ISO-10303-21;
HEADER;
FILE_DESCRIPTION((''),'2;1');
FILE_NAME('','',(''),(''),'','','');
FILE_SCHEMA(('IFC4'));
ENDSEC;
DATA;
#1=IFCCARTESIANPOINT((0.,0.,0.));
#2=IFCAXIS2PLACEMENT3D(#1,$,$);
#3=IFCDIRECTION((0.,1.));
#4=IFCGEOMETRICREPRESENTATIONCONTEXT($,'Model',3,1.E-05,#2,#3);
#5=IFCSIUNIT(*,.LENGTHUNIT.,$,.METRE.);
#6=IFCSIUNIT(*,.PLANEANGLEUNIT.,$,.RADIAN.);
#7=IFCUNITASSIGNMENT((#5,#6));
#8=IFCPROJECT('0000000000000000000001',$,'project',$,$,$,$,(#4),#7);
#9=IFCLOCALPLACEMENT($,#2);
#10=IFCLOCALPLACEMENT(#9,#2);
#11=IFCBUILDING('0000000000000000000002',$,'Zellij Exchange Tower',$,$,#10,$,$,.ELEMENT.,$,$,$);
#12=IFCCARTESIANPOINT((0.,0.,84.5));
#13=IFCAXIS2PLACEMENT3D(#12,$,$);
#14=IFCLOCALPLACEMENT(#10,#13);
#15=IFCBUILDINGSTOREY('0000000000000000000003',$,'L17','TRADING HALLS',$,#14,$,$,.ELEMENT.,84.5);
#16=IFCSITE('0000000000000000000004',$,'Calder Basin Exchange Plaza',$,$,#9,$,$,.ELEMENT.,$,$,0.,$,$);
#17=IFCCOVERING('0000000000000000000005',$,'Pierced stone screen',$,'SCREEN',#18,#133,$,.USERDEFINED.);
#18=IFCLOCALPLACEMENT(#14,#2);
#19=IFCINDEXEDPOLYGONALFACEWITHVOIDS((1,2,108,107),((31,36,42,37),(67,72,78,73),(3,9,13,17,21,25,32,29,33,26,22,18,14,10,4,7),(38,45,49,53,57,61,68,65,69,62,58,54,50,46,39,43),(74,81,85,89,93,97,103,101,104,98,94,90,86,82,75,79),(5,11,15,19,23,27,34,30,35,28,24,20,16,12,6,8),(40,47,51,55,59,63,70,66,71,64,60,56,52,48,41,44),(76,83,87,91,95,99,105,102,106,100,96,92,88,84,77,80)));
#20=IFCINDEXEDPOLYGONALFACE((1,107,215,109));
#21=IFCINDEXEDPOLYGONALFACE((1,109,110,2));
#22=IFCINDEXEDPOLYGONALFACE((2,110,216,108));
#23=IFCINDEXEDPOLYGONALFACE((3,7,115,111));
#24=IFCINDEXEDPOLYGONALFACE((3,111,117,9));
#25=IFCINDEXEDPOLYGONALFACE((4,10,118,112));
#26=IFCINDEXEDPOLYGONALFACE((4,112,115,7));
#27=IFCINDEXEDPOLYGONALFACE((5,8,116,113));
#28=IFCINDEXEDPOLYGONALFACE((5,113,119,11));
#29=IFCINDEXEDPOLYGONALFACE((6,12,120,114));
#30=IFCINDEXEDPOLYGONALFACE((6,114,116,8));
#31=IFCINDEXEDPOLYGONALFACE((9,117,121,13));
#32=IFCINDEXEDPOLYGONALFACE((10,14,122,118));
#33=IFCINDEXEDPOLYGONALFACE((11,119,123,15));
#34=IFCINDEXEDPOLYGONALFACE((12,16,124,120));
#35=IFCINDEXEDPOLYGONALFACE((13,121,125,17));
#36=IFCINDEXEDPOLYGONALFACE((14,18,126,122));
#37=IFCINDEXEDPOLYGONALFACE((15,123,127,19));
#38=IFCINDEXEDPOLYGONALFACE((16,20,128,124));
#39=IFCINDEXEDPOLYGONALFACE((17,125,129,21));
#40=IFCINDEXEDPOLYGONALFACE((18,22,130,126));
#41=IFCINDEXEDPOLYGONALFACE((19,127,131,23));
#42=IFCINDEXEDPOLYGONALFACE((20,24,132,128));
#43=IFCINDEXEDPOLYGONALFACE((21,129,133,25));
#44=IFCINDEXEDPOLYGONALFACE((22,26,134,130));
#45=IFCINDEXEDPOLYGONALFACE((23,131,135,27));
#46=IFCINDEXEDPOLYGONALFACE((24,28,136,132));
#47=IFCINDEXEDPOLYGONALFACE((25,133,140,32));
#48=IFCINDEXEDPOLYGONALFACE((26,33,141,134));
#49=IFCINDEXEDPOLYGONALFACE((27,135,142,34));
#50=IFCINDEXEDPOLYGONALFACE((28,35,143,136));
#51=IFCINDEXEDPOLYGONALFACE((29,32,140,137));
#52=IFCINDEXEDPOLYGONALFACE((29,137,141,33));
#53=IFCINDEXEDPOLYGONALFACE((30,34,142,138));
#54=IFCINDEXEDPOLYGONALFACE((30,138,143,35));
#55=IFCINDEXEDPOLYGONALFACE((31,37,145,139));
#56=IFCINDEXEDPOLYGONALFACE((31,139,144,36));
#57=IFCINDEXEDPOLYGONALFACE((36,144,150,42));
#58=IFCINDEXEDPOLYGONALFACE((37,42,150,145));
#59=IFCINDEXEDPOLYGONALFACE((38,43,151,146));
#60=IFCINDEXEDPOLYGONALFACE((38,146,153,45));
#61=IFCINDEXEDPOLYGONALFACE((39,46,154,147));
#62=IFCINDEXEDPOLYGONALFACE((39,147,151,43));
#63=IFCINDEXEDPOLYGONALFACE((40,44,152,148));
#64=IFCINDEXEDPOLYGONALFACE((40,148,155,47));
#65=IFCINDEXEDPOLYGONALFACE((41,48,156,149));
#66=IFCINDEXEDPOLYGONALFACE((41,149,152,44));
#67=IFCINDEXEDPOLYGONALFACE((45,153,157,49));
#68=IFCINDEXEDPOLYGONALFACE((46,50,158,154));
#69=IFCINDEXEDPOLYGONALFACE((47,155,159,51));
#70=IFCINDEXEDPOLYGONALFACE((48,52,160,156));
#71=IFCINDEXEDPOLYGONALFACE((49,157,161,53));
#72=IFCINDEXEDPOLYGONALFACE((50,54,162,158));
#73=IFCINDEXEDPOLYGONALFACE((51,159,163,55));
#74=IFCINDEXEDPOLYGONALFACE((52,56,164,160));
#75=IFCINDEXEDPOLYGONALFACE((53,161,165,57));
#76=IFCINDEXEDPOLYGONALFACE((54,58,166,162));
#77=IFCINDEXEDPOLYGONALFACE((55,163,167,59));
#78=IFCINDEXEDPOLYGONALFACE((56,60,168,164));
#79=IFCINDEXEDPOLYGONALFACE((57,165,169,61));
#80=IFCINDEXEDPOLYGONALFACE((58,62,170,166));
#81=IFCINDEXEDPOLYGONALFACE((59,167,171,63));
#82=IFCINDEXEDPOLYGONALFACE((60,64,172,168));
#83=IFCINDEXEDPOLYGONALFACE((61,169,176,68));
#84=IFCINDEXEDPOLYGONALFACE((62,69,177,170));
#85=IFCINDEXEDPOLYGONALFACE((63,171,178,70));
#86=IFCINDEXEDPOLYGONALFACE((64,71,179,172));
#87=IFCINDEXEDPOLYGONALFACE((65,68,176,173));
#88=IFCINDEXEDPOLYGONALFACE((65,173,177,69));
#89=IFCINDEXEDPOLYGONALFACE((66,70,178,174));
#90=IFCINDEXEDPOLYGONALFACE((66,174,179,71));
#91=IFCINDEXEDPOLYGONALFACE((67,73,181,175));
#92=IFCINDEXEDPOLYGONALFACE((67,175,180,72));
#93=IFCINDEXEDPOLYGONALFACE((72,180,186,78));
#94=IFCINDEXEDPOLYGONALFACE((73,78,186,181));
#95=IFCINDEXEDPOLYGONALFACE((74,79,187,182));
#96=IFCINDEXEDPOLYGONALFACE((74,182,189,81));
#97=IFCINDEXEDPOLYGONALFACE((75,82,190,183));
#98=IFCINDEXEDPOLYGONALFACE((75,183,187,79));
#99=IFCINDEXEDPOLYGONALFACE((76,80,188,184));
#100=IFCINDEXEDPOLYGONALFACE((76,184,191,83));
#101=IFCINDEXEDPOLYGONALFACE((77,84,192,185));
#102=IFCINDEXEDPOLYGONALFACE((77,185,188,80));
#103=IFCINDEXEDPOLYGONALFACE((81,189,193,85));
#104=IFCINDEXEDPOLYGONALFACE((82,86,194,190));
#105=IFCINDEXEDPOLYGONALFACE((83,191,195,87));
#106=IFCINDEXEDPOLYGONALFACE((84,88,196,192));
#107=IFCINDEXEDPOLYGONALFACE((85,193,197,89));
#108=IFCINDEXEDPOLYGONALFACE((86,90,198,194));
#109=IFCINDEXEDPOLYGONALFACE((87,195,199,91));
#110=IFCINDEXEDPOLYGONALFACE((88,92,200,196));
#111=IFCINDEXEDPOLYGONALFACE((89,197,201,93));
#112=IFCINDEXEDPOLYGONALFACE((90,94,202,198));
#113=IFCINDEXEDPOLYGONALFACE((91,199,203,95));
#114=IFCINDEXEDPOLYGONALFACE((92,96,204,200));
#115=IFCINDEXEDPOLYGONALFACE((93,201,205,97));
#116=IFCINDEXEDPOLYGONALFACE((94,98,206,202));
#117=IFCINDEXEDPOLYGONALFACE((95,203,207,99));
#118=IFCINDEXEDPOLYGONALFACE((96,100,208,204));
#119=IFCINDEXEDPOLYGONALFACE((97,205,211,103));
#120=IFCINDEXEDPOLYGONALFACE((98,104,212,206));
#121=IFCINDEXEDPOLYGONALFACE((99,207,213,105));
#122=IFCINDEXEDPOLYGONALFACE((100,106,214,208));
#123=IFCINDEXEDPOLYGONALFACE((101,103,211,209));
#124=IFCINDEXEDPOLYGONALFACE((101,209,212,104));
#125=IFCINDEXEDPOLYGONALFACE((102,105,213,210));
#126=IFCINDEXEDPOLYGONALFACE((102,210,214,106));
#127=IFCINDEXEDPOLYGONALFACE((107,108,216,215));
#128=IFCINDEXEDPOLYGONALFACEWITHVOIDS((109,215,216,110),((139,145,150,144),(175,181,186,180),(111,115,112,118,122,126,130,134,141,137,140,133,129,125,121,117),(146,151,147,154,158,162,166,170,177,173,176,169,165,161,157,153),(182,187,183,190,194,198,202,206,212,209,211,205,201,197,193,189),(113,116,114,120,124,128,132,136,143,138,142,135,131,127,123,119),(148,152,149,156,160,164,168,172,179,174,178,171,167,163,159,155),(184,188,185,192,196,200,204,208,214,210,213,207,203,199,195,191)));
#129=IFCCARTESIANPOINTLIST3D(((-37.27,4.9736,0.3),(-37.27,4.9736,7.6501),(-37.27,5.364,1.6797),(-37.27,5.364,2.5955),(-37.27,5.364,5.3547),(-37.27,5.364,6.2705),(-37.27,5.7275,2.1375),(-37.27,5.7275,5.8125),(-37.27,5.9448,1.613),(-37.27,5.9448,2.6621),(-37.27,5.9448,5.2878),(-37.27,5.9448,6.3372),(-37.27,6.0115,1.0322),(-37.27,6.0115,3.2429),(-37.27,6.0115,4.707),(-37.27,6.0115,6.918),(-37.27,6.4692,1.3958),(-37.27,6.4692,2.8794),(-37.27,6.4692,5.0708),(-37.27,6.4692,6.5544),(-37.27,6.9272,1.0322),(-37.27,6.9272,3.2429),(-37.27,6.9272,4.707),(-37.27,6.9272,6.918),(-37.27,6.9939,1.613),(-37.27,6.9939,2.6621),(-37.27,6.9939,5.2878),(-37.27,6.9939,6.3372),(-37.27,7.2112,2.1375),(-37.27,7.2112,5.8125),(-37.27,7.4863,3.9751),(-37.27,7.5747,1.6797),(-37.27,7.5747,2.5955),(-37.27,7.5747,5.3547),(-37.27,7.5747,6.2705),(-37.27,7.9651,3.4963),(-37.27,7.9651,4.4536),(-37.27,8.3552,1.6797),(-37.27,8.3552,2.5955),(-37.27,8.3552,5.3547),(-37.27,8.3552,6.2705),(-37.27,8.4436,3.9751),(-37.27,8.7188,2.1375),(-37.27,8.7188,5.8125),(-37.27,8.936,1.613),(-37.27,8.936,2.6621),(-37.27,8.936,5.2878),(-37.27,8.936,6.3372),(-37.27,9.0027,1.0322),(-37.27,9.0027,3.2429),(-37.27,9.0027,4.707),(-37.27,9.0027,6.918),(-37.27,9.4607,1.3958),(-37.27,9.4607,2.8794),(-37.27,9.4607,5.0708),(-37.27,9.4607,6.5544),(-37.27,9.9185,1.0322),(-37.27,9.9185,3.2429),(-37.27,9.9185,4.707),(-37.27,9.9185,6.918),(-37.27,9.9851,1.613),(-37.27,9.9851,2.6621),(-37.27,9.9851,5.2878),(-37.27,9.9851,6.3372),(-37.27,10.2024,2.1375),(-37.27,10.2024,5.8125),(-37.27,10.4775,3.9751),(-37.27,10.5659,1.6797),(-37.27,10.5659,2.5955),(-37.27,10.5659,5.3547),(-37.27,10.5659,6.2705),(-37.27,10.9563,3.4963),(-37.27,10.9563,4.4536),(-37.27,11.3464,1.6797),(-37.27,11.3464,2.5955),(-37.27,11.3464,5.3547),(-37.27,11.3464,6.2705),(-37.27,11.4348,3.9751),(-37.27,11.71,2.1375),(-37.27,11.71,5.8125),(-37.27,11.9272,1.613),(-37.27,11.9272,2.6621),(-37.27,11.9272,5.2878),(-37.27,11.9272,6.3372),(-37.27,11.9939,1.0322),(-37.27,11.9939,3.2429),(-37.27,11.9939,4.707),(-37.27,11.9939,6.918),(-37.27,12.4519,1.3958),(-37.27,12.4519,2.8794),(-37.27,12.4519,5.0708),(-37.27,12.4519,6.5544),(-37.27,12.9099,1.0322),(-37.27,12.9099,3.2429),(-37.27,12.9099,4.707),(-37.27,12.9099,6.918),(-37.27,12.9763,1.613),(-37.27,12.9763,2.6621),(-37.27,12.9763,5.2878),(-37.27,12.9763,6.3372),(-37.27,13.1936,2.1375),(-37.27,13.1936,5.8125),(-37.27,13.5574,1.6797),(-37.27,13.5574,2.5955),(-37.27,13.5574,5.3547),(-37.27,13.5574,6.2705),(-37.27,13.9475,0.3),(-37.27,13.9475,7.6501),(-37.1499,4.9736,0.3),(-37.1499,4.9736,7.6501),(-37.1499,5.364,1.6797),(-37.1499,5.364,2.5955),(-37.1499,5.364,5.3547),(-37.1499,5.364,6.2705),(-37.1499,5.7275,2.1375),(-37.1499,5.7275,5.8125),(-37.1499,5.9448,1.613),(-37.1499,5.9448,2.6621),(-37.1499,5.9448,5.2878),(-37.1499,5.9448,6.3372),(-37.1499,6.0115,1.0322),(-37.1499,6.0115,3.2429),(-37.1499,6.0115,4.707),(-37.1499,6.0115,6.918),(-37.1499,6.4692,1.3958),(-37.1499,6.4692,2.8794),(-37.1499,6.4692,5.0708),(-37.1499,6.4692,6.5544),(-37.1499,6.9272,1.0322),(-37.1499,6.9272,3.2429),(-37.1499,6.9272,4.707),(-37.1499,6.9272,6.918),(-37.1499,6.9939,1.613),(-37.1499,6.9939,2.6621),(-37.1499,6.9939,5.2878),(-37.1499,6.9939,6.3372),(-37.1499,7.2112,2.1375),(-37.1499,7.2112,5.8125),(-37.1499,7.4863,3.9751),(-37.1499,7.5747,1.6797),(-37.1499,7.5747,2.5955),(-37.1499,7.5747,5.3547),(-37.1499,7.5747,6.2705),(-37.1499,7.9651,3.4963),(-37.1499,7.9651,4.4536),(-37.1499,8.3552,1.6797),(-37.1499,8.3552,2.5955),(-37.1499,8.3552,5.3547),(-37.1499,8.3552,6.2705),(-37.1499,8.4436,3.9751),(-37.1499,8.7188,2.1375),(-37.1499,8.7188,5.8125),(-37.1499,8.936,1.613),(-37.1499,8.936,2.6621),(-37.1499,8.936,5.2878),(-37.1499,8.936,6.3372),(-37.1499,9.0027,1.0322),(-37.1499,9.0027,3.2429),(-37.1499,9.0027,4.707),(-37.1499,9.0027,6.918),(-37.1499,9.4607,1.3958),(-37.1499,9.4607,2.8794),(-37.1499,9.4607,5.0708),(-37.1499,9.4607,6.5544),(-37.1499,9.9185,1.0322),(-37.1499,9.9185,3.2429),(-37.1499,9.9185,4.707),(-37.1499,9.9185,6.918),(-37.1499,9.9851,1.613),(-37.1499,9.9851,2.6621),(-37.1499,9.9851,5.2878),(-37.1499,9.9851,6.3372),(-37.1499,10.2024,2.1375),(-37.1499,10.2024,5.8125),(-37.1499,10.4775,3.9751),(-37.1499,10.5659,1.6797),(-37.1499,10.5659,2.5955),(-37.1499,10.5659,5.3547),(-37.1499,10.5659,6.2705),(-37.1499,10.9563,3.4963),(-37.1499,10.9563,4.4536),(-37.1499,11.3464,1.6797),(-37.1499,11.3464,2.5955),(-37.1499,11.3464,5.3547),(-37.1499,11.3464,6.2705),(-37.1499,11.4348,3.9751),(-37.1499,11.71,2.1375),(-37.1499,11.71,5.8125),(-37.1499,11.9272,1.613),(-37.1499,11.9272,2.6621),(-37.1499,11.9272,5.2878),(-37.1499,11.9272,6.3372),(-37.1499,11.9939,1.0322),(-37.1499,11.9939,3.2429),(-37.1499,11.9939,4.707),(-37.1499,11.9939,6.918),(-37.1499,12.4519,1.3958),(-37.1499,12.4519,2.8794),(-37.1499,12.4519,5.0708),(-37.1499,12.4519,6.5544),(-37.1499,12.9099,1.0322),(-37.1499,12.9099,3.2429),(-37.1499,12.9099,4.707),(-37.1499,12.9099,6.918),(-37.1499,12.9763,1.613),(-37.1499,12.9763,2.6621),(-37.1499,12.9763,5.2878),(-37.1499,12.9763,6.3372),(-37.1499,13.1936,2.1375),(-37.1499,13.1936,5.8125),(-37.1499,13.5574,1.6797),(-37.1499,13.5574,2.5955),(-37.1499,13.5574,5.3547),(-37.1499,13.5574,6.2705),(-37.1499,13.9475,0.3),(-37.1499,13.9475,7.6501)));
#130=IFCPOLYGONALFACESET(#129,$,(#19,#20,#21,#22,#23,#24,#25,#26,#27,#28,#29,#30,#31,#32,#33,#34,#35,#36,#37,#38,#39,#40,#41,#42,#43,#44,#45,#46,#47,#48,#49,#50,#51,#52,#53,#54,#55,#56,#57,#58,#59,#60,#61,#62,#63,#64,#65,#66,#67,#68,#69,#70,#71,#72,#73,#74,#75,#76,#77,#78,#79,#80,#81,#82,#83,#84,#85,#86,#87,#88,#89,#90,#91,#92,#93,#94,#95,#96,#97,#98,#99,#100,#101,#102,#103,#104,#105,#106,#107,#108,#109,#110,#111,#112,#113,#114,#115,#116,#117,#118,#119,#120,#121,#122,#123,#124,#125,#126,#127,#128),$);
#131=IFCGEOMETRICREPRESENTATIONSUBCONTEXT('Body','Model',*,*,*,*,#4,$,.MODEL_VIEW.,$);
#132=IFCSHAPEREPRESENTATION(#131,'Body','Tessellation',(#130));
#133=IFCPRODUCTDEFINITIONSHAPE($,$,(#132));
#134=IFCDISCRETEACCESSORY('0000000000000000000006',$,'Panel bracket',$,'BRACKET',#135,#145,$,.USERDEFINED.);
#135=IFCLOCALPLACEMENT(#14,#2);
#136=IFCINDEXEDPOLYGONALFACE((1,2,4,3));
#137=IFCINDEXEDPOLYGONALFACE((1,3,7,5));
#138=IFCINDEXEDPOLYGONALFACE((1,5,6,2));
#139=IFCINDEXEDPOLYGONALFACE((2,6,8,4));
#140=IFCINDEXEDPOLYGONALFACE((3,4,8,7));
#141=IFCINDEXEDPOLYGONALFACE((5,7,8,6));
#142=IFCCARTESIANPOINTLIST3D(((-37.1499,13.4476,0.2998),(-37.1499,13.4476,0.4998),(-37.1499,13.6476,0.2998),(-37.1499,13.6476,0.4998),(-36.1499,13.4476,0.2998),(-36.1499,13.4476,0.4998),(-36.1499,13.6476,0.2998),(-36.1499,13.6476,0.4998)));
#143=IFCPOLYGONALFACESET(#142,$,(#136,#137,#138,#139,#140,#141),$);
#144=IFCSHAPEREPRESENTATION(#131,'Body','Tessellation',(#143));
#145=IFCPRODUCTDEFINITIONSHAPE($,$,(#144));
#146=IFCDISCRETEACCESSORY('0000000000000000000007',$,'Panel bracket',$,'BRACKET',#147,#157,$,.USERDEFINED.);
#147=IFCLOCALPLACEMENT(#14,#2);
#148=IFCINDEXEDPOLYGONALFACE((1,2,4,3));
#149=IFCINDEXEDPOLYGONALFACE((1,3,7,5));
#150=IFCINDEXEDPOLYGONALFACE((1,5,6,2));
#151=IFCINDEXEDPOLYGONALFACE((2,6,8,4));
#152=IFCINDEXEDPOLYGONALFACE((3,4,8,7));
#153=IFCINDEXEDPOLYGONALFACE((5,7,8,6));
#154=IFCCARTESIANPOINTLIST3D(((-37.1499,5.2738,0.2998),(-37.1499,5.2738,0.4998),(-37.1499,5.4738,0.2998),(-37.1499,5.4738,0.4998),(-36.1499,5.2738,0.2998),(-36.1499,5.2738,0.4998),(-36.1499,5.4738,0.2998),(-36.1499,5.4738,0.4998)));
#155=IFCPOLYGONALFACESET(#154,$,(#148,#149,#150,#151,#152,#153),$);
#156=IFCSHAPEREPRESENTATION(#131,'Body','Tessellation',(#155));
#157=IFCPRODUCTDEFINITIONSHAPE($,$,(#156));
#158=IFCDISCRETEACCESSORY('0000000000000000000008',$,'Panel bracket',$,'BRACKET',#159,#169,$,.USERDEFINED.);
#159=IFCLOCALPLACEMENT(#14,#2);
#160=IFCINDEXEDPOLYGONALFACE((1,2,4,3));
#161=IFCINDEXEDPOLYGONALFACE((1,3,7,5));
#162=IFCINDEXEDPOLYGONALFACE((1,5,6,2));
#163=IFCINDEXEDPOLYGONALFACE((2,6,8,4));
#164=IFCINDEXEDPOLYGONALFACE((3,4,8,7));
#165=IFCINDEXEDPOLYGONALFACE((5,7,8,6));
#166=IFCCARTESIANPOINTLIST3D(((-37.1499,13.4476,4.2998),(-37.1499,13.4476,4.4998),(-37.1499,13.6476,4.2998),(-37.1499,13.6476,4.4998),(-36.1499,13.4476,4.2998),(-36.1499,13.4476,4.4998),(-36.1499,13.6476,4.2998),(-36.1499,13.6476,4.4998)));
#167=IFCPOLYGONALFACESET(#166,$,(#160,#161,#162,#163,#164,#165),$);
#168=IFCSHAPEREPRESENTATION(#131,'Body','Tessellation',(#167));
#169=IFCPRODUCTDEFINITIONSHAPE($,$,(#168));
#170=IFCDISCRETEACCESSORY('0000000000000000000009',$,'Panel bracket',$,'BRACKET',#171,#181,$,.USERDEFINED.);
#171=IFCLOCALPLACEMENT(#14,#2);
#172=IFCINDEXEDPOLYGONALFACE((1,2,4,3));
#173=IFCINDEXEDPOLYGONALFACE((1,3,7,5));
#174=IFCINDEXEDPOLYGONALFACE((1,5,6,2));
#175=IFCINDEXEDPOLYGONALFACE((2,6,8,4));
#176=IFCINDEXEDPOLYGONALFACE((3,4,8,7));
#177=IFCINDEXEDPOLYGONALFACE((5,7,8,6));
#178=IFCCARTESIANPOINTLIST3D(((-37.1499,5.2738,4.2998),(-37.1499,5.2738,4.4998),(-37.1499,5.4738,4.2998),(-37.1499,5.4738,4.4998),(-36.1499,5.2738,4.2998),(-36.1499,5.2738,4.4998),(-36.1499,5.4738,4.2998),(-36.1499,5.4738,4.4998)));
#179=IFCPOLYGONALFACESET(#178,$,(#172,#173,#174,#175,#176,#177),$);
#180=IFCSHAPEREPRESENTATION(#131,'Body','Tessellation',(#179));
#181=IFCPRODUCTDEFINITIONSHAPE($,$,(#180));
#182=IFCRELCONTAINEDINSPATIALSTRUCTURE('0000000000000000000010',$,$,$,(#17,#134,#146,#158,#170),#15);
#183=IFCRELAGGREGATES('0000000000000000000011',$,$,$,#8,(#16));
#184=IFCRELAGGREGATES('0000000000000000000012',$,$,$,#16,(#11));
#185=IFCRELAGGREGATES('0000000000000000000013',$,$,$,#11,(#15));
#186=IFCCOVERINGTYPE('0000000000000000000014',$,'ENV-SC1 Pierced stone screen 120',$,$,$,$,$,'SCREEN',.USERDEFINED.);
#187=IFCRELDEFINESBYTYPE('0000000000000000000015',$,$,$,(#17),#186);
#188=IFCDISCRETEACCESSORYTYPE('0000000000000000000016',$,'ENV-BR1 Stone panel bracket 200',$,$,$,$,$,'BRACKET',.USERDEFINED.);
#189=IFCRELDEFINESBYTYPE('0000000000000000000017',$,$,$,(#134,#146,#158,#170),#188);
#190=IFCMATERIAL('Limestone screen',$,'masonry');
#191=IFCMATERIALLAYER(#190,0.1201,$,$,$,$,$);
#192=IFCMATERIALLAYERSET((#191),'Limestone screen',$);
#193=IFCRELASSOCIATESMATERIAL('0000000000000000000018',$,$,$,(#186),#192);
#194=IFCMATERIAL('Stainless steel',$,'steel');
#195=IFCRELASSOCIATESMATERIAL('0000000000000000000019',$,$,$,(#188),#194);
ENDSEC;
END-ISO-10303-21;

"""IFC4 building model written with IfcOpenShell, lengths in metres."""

from ifc_helpers import new_model, si_unit, direction, frame, origin, origin_2d, place, context, subcontext, project, spatial, polyline, rectangle, outline, extrude, material, layer, layer_set, type_object, element, save


model = new_model("IFC4")

# Units and contexts
model_context = context("Model", 3, precision=1e-05, world=origin(), true_north=direction((0.0, 1.0)))
body_context = subcontext(model_context, "Body", "Model", "MODEL_VIEW")
ifc_project = project(units=[si_unit("LENGTHUNIT", "METRE"), si_unit("PLANEANGLEUNIT", "RADIAN")], contexts=[model_context])

# Site, building, storey
site_placement = place(None, origin())
site = spatial("IfcSite", under=ifc_project, at=site_placement, Name="Calder Basin Exchange Plaza", CompositionType="ELEMENT", RefElevation=0.0)
building_placement = place(site_placement, origin())
building = spatial("IfcBuilding", under=site, at=building_placement, Name="Zellij Exchange Tower", CompositionType="ELEMENT")
storey_placement = place(building_placement, frame((0.0, 0.0, 84.5)))
storey = spatial("IfcBuildingStorey", under=building, at=storey_placement, Name="L17", Description="TRADING HALLS", CompositionType="ELEMENT", Elevation=84.5)

# Covering
ifc_material_1 = material(Name="Limestone screen", Category="masonry")
ifc_layer_1 = layer(ifc_material_1, 0.1201)
ifc_layer_set_1 = layer_set([ifc_layer_1], Name="Limestone screen")
covering_type = type_object("IfcCoveringType", Name="ENV-SC1 Pierced stone screen 120", ElementType="SCREEN", PredefinedType="USERDEFINED", material=ifc_layer_set_1)
covering_placement = place(storey_placement, frame((-37.21, 13.9475, 0.3), z_axis=(0.0, 0.0, 1.0), x_axis=(0.0, -1.0, 0.0)))
element("IfcCovering", 1, at=covering_placement, inside=storey, type_object=covering_type, Name="Pierced stone screen", ObjectType="SCREEN", PredefinedType="USERDEFINED", context=body_context, shape_type="SweptSolid", body=[
    extrude(outline(polyline([(0.0, 0.0), (8.9739, 0.0), (8.9739, 7.3501), (0.0, 7.3501), (0.0, 0.0)]), holes=[polyline([(2.6011, 2.2954), (2.0203, 2.3621), (1.9536, 2.9429), (1.4956, 2.5793), (1.0376, 2.9429), (0.9712, 2.3621), (0.3901, 2.2954), (0.7539, 1.8374), (0.3901, 1.3796), (0.9712, 1.313), (1.0376, 0.7322), (1.4956, 1.0957), (1.9536, 0.7322), (2.0203, 1.313), (2.6011, 1.3796), (2.2375, 1.8374), (2.6011, 2.2954)]), polyline([(2.6011, 5.9705), (2.0203, 6.0371), (1.9536, 6.6179), (1.4956, 6.2544), (1.0376, 6.6179), (0.9712, 6.0371), (0.3901, 5.9705), (0.7539, 5.5125), (0.3901, 5.0547), (0.9712, 4.9878), (1.0376, 4.407), (1.4956, 4.7708), (1.9536, 4.407), (2.0203, 4.9878), (2.6011, 5.0547), (2.2375, 5.5125), (2.6011, 5.9705)]), polyline([(5.5923, 2.2954), (5.0115, 2.3621), (4.9448, 2.9429), (4.4868, 2.5793), (4.0291, 2.9429), (3.9624, 2.3621), (3.3816, 2.2954), (3.7451, 1.8374), (3.3816, 1.3796), (3.9624, 1.313), (4.0291, 0.7322), (4.4868, 1.0957), (4.9448, 0.7322), (5.0115, 1.313), (5.5923, 1.3796), (5.2288, 1.8374), (5.5923, 2.2954)]), polyline([(5.5923, 5.9705), (5.0115, 6.0371), (4.9448, 6.6179), (4.4868, 6.2544), (4.0291, 6.6179), (3.9624, 6.0371), (3.3816, 5.9705), (3.7451, 5.5125), (3.3816, 5.0547), (3.9624, 4.9878), (4.0291, 4.407), (4.4868, 4.7708), (4.9448, 4.407), (5.0115, 4.9878), (5.5923, 5.0547), (5.2288, 5.5125), (5.5923, 5.9705)]), polyline([(8.5835, 2.2954), (8.0027, 2.3621), (7.936, 2.9429), (7.4783, 2.5793), (7.0203, 2.9429), (6.9536, 2.3621), (6.3728, 2.2954), (6.7363, 1.8374), (6.3728, 1.3796), (6.9536, 1.313), (7.0203, 0.7322), (7.4783, 1.0957), (7.936, 0.7322), (8.0027, 1.313), (8.5835, 1.3796), (8.22, 1.8374), (8.5835, 2.2954)]), polyline([(8.5835, 5.9705), (8.0027, 6.0371), (7.936, 6.6179), (7.4783, 6.2544), (7.0203, 6.6179), (6.9536, 6.0371), (6.3728, 5.9705), (6.7363, 5.5125), (6.3728, 5.0547), (6.9536, 4.9878), (7.0203, 4.407), (7.4783, 4.7708), (7.936, 4.407), (8.0027, 4.9878), (8.5835, 5.0547), (8.22, 5.5125), (8.5835, 5.9705)]), polyline([(3.47, 3.675), (2.9912, 4.1536), (2.5127, 3.675), (2.9912, 3.1963), (3.47, 3.675)]), polyline([(6.4612, 3.675), (5.9824, 4.1536), (5.5039, 3.675), (5.9824, 3.1963), (6.4612, 3.675)])]), frame((0.0, 0.0601, 0.0), z_axis=(0.0, -1.0, 0.0), x_axis=(1.0, 0.0, 0.0)), (0.0, 0.0, 1.0), 0.1201),
])

# Discrete accessories
ifc_material_2 = material(Name="Stainless steel", Category="steel")
discrete_accessory_type = type_object("IfcDiscreteAccessoryType", Name="ENV-BR1 Stone panel bracket 200", ElementType="BRACKET", PredefinedType="USERDEFINED", material=ifc_material_2)
for number, where, z_axis, x_axis, name in (
    (2, (-36.6499, 13.5476, 0.2998), (0.0, 0.0, 1.0), (0.0, -1.0, 0.0), "Panel bracket"),
    (3, (-36.6499, 5.3738, 0.2998), (0.0, 0.0, 1.0), (0.0, -1.0, 0.0), "Panel bracket"),
    (4, (-36.6499, 13.5476, 4.2998), (0.0, 0.0, 1.0), (0.0, -1.0, 0.0), "Panel bracket"),
    (5, (-36.6499, 5.3738, 4.2998), (0.0, 0.0, 1.0), (0.0, -1.0, 0.0), "Panel bracket"),
):
    element("IfcDiscreteAccessory", number, at=place(storey_placement, frame(where, z_axis=z_axis, x_axis=x_axis)), inside=storey, type_object=discrete_accessory_type, Name=name, ObjectType="BRACKET", PredefinedType="USERDEFINED", context=body_context, shape_type="SweptSolid", body=[
        extrude(rectangle(XDim=0.2, YDim=1.0, at=origin_2d()), origin(), (0.0, 0.0, 1.0), 0.2),
    ])

save(model, "model.ifc")
